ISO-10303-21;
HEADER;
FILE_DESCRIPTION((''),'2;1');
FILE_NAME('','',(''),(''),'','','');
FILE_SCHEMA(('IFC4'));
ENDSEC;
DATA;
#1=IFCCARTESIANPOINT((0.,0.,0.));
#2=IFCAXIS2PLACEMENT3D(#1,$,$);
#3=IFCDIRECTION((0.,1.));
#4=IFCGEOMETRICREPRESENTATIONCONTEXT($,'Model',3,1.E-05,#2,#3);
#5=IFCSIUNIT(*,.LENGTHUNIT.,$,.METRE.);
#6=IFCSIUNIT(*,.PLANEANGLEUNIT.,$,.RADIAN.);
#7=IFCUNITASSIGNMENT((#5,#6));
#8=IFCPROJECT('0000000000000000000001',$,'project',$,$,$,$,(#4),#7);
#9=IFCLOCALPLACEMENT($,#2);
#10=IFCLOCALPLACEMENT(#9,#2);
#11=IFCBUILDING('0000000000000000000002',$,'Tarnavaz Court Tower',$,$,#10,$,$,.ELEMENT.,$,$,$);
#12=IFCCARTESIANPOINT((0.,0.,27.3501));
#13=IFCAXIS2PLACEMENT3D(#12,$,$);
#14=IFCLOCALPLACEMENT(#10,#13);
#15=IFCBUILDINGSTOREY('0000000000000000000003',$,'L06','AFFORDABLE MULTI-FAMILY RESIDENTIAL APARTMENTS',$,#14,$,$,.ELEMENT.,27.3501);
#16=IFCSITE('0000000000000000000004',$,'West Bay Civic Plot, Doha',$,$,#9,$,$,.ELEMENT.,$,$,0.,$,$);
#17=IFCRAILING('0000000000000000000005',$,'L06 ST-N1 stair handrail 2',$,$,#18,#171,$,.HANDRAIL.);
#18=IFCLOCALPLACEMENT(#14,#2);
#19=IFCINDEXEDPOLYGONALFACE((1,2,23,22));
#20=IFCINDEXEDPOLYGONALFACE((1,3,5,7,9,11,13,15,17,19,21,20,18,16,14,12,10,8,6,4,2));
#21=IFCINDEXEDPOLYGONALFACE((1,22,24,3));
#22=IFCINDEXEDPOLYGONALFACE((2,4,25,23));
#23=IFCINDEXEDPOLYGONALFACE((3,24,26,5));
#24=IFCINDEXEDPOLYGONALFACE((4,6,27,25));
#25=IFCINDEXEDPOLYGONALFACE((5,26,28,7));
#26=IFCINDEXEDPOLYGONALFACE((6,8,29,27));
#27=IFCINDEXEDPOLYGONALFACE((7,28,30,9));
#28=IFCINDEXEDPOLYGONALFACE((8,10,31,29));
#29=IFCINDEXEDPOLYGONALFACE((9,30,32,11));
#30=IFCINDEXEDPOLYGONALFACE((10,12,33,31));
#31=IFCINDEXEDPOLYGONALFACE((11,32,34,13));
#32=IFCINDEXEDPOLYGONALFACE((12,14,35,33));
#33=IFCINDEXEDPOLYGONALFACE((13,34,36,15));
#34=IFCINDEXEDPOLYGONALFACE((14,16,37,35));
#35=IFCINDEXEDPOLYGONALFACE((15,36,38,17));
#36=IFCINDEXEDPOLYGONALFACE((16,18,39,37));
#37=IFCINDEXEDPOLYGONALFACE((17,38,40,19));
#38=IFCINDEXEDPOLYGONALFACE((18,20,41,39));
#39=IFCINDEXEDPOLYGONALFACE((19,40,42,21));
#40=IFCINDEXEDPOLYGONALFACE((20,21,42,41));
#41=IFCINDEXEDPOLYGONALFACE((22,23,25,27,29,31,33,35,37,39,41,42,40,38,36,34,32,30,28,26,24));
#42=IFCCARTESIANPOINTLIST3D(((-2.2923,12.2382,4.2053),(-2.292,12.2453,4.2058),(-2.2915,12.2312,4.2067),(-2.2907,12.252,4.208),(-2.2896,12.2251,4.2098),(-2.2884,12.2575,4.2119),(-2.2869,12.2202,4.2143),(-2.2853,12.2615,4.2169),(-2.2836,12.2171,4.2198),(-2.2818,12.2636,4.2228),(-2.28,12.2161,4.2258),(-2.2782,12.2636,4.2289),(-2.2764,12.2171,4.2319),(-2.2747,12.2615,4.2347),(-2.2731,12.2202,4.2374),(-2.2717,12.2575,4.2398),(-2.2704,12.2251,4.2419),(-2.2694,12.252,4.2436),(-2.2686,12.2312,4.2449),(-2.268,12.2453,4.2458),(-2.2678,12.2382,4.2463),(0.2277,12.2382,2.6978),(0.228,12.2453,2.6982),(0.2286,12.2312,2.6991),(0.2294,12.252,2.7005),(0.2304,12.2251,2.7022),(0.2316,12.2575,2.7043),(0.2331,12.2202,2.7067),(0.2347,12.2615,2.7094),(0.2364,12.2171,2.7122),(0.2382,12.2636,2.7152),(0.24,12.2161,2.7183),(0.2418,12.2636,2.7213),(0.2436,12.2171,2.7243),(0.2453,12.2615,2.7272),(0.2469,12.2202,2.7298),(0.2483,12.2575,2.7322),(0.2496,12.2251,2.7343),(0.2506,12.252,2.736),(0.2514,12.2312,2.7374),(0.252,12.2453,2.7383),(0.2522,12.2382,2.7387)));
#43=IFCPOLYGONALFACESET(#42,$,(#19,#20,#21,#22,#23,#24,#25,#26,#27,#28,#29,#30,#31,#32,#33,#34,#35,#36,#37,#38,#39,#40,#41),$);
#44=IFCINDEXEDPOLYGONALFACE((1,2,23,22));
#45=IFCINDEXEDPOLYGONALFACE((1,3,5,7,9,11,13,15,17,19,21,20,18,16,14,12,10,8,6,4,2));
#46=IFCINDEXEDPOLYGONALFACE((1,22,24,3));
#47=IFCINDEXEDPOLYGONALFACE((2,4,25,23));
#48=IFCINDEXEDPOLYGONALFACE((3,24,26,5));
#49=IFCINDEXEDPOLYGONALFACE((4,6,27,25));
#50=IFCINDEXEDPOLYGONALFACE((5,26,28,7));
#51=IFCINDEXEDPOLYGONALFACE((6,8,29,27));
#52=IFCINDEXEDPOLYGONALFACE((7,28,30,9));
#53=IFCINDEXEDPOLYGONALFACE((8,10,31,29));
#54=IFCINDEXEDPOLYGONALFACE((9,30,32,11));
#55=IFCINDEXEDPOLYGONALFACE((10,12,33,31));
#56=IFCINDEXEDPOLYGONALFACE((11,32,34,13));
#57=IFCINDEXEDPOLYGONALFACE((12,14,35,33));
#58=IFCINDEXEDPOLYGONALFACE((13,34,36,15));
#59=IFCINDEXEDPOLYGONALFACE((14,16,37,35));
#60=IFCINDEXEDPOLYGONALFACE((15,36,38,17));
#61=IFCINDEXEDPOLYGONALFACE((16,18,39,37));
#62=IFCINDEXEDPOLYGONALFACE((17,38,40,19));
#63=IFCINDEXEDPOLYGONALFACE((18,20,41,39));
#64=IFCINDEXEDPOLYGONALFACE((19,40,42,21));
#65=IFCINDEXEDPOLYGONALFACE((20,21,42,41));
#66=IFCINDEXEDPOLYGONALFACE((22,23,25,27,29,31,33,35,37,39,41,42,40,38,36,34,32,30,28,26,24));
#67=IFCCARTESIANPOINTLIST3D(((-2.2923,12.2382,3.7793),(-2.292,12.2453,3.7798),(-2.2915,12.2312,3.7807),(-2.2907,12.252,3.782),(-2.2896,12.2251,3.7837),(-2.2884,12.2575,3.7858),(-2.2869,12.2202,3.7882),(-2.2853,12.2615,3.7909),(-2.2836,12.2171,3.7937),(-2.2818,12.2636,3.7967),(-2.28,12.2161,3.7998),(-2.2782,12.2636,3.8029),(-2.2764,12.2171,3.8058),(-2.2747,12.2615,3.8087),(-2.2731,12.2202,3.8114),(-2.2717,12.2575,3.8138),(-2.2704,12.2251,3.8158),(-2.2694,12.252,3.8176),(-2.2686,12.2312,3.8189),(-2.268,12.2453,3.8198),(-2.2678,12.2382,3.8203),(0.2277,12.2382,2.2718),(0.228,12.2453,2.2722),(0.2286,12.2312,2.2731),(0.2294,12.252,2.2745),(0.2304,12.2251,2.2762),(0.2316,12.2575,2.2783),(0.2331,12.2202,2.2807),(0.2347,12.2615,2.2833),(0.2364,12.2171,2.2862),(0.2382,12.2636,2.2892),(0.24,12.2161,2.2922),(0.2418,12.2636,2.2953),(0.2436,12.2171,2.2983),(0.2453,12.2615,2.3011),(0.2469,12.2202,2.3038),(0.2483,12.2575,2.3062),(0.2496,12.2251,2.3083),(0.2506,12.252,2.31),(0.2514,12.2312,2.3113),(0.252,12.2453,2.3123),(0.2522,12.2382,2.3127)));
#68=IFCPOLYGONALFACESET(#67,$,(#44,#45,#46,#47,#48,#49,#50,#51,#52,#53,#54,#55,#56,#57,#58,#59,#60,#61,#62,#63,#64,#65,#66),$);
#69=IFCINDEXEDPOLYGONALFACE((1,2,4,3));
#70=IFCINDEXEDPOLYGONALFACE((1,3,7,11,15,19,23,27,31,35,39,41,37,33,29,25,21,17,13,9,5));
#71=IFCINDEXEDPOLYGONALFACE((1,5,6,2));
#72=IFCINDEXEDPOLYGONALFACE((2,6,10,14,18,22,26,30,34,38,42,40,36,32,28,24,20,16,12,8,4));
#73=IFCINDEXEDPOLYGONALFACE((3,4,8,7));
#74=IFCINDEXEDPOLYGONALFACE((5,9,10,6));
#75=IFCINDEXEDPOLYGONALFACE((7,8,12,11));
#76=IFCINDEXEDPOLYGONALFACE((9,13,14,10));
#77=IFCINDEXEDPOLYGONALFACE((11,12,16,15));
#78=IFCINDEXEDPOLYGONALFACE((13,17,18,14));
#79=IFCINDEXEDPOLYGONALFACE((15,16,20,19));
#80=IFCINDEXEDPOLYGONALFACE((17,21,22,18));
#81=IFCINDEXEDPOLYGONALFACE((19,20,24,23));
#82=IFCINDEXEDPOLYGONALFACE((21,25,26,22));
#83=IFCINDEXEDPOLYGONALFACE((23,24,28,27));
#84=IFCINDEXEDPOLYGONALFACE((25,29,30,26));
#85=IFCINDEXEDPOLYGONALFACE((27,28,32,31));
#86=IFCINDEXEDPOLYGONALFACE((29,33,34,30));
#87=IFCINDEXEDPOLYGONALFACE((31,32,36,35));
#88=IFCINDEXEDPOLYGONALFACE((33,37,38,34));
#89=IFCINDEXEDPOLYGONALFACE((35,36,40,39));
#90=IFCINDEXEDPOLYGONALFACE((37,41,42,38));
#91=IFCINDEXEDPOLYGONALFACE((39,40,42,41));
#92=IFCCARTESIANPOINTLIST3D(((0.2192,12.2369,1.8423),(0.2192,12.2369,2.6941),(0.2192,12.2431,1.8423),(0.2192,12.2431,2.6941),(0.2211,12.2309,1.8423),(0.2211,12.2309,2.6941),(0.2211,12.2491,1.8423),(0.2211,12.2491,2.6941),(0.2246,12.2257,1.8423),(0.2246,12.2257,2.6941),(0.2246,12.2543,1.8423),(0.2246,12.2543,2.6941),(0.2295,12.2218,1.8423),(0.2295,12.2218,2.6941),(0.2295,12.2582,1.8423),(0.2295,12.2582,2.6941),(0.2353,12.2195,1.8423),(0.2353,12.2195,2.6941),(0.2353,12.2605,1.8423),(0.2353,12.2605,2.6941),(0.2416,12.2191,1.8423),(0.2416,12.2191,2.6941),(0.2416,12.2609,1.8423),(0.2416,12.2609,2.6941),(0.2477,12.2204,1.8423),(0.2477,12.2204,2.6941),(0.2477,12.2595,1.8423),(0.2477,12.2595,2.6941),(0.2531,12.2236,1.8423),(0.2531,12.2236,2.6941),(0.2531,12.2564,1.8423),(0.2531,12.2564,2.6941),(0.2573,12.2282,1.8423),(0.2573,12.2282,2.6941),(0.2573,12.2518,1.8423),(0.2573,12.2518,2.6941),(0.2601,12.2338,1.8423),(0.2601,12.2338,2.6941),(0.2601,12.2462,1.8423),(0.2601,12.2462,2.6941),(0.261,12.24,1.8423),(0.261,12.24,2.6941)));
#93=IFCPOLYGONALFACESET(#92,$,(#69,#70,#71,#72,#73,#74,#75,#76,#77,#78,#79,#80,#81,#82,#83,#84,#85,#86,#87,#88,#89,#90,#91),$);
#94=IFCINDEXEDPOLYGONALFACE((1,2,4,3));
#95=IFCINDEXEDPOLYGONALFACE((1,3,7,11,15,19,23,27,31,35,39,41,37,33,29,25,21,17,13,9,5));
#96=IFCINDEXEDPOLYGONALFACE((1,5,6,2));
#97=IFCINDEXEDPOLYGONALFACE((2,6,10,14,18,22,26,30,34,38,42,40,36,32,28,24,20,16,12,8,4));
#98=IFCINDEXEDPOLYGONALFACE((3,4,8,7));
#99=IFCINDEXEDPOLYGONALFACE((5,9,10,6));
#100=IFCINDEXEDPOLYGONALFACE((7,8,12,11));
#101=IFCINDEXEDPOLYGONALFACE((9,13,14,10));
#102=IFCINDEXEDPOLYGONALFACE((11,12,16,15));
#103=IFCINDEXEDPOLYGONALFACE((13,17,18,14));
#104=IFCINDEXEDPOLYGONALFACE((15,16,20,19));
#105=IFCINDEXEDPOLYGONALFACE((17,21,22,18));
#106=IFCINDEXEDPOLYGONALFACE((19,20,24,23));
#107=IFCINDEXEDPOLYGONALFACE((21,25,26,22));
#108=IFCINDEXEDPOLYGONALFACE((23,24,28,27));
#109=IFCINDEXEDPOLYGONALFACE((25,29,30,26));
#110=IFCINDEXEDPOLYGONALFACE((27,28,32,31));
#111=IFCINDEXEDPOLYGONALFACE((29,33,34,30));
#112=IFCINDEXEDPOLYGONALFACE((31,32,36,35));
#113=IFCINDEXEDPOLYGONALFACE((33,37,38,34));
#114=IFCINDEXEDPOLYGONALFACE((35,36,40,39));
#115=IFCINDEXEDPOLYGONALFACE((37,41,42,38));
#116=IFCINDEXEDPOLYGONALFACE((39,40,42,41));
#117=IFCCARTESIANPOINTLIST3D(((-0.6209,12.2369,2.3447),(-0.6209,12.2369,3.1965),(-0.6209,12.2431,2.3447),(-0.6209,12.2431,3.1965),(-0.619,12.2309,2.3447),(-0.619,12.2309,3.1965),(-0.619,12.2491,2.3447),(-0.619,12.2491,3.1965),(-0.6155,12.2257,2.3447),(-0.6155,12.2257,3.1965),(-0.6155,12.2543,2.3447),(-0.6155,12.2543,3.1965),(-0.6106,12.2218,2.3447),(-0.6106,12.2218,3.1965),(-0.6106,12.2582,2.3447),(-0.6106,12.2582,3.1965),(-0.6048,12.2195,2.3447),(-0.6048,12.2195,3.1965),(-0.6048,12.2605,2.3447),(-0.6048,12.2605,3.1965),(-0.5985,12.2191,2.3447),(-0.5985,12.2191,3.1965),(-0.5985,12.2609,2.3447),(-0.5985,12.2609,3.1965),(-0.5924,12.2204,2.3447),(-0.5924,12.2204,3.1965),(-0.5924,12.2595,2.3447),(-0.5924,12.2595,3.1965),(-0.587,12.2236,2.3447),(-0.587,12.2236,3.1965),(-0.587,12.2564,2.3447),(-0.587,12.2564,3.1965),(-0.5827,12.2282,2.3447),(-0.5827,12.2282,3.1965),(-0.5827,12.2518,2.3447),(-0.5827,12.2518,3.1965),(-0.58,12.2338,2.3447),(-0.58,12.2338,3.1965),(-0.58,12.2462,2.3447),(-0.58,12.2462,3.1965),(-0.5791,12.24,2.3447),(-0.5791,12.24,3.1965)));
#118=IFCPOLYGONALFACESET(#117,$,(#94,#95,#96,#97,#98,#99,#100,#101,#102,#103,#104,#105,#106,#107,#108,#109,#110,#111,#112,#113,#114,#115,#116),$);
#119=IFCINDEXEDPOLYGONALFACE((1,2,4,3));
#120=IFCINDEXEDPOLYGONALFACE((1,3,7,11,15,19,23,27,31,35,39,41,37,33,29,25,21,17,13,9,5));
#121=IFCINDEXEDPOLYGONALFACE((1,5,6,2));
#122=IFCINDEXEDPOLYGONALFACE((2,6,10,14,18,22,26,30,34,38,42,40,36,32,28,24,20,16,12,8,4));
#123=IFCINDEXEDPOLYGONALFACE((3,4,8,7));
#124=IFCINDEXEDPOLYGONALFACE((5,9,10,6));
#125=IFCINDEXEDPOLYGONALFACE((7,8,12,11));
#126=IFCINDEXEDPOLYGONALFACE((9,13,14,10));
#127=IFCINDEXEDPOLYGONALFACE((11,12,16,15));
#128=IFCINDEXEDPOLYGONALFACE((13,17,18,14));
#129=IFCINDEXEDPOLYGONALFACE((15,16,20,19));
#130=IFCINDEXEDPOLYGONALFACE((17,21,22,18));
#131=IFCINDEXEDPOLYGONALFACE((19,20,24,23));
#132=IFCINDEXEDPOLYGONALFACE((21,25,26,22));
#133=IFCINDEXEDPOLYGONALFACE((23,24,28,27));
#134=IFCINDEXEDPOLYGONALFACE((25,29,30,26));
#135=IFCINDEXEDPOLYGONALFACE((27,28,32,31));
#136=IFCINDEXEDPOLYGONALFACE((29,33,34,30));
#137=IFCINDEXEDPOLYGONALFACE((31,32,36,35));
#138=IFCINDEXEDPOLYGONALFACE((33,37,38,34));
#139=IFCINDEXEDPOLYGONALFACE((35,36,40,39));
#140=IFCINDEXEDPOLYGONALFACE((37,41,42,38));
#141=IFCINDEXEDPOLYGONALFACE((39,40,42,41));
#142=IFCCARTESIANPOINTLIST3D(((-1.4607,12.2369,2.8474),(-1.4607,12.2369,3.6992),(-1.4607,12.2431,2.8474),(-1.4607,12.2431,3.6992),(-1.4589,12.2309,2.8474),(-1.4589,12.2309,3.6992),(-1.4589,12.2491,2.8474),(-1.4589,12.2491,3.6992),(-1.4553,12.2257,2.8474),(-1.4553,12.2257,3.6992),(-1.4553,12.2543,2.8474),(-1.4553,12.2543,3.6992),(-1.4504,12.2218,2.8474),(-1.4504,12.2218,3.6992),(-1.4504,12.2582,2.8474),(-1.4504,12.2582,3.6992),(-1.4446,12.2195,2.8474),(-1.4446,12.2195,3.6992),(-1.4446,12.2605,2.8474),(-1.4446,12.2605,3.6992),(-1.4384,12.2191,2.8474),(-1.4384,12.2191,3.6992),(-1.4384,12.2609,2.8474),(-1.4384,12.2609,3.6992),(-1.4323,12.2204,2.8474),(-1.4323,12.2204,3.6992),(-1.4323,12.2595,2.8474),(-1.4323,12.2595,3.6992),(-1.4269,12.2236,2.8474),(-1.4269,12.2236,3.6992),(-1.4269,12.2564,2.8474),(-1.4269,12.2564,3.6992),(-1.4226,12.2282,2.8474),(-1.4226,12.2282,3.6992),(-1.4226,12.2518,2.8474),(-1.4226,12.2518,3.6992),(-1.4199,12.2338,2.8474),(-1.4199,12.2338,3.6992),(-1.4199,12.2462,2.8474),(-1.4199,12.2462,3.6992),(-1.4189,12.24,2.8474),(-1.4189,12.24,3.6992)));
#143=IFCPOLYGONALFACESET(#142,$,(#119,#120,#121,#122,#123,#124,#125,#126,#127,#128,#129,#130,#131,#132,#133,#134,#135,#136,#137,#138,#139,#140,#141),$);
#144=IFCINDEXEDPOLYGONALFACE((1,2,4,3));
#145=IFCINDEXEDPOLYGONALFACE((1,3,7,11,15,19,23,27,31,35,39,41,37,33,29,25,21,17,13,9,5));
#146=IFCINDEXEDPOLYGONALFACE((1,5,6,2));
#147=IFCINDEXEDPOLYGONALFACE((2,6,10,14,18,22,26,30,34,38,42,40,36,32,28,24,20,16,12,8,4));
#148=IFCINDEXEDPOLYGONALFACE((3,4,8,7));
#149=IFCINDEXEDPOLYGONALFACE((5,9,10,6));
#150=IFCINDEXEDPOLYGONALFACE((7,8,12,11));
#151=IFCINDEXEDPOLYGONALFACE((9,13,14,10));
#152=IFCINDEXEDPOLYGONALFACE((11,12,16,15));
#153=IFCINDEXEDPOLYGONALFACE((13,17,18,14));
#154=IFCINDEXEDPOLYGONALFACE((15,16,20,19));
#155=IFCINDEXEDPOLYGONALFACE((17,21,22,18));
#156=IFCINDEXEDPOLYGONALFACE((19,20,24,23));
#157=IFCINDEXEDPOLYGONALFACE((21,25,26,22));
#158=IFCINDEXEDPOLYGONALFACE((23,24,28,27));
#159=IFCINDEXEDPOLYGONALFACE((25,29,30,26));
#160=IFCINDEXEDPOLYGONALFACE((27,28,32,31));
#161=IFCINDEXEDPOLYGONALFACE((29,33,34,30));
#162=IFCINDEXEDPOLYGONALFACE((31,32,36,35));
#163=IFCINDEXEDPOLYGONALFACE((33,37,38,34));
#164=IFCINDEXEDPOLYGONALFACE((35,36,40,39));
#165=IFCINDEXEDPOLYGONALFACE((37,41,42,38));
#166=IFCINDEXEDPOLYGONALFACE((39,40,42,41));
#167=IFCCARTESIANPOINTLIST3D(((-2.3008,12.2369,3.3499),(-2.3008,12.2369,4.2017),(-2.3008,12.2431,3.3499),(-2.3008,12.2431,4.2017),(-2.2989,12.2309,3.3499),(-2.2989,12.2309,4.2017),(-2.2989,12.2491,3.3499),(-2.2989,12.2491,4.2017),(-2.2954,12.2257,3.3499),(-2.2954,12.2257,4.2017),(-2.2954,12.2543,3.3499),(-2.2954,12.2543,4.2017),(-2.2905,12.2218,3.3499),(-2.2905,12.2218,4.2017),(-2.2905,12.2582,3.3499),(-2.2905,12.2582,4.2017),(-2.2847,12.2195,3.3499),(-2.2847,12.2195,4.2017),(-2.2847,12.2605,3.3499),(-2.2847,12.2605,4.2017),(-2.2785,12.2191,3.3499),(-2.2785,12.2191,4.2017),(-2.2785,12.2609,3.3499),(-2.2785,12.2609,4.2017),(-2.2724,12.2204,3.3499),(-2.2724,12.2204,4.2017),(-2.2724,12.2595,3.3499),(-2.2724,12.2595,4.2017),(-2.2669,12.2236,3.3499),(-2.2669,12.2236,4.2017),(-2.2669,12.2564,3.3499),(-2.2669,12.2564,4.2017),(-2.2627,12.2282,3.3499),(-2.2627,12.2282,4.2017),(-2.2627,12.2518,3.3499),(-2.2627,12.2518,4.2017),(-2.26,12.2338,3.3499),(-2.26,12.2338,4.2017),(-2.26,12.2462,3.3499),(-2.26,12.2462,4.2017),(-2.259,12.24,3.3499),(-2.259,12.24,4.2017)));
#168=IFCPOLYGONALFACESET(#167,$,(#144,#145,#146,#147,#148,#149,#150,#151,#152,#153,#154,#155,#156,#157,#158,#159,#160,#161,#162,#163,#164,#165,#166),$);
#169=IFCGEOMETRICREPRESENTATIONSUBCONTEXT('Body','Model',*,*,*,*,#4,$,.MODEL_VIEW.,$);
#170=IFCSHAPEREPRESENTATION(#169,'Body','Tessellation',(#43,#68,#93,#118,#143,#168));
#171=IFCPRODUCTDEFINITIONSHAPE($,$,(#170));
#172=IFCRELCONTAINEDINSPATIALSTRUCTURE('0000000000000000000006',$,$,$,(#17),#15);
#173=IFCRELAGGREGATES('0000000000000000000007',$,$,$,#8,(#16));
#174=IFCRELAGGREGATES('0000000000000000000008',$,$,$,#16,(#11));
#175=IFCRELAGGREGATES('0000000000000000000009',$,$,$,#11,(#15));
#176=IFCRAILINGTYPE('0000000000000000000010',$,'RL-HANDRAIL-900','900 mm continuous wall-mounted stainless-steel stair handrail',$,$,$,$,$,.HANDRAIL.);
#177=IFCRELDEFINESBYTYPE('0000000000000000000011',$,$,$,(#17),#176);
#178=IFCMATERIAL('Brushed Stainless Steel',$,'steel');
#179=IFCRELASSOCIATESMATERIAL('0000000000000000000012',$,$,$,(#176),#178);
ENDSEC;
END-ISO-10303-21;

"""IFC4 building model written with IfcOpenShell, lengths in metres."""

from ifc_helpers import new_model, si_unit, direction, frame, origin, origin_2d, place, context, subcontext, project, spatial, circle, extrude, material, type_object, element, save


model = new_model("IFC4")

# Units and contexts
model_context = context("Model", 3, precision=1e-05, world=origin(), true_north=direction((0.0, 1.0)))
body_context = subcontext(model_context, "Body", "Model", "MODEL_VIEW")
ifc_project = project(units=[si_unit("LENGTHUNIT", "METRE"), si_unit("PLANEANGLEUNIT", "RADIAN")], contexts=[model_context])

# Site, building, storey
site_placement = place(None, origin())
site = spatial("IfcSite", under=ifc_project, at=site_placement, Name="West Bay Civic Plot, Doha", CompositionType="ELEMENT", RefElevation=0.0)
building_placement = place(site_placement, origin())
building = spatial("IfcBuilding", under=site, at=building_placement, Name="Tarnavaz Court Tower", CompositionType="ELEMENT")
storey_placement = place(building_placement, frame((0.0, 0.0, 27.3501)))
storey = spatial("IfcBuildingStorey", under=building, at=storey_placement, Name="L06", Description="AFFORDABLE MULTI-FAMILY RESIDENTIAL APARTMENTS", CompositionType="ELEMENT", Elevation=27.3501)

# Railing
ifc_material_1 = material(Name="Brushed Stainless Steel", Category="steel")
railing_type_1 = type_object("IfcRailingType", Name="RL-HANDRAIL-900", Description="900 mm continuous wall-mounted stainless-steel stair handrail", PredefinedType="HANDRAIL", material=ifc_material_1)
railing_1_placement = place(storey_placement, frame((0.24, 12.24, 1.8423)))
element("IfcRailing", 1, at=railing_1_placement, inside=storey, type_object=railing_type_1, Name="L06 ST-N1 stair handrail 2", PredefinedType="HANDRAIL", context=body_context, shape_type="SweptSolid", body=[
    extrude(circle(Radius=0.0239, at=origin_2d()), frame((0.0, 0.0, 0.876), z_axis=(-0.85816, 0.0, 0.513383), x_axis=(0.0, -1.0, 0.0)), (0.0, 0.0, 1.0), 2.9365),
    extrude(circle(Radius=0.0239, at=origin_2d()), frame((0.0, 0.0, 0.45), z_axis=(-0.85816, 0.0, 0.513383), x_axis=(0.0, -1.0, 0.0)), (0.0, 0.0, 1.0), 2.9365),
    extrude(circle(Radius=0.021, at=origin_2d()), origin(), (0.0, 0.0, 1.0), 0.8518),
    extrude(circle(Radius=0.021, at=origin_2d()), frame((-0.8401, 0.0, 0.5024)), (0.0, 0.0, 1.0), 0.8518),
    extrude(circle(Radius=0.021, at=origin_2d()), frame((-1.6799, 0.0, 1.0051)), (0.0, 0.0, 1.0), 0.8518),
    extrude(circle(Radius=0.021, at=origin_2d()), frame((-2.52, 0.0, 1.5076)), (0.0, 0.0, 1.0), 0.8518),
])

save(model, "model.ifc")
